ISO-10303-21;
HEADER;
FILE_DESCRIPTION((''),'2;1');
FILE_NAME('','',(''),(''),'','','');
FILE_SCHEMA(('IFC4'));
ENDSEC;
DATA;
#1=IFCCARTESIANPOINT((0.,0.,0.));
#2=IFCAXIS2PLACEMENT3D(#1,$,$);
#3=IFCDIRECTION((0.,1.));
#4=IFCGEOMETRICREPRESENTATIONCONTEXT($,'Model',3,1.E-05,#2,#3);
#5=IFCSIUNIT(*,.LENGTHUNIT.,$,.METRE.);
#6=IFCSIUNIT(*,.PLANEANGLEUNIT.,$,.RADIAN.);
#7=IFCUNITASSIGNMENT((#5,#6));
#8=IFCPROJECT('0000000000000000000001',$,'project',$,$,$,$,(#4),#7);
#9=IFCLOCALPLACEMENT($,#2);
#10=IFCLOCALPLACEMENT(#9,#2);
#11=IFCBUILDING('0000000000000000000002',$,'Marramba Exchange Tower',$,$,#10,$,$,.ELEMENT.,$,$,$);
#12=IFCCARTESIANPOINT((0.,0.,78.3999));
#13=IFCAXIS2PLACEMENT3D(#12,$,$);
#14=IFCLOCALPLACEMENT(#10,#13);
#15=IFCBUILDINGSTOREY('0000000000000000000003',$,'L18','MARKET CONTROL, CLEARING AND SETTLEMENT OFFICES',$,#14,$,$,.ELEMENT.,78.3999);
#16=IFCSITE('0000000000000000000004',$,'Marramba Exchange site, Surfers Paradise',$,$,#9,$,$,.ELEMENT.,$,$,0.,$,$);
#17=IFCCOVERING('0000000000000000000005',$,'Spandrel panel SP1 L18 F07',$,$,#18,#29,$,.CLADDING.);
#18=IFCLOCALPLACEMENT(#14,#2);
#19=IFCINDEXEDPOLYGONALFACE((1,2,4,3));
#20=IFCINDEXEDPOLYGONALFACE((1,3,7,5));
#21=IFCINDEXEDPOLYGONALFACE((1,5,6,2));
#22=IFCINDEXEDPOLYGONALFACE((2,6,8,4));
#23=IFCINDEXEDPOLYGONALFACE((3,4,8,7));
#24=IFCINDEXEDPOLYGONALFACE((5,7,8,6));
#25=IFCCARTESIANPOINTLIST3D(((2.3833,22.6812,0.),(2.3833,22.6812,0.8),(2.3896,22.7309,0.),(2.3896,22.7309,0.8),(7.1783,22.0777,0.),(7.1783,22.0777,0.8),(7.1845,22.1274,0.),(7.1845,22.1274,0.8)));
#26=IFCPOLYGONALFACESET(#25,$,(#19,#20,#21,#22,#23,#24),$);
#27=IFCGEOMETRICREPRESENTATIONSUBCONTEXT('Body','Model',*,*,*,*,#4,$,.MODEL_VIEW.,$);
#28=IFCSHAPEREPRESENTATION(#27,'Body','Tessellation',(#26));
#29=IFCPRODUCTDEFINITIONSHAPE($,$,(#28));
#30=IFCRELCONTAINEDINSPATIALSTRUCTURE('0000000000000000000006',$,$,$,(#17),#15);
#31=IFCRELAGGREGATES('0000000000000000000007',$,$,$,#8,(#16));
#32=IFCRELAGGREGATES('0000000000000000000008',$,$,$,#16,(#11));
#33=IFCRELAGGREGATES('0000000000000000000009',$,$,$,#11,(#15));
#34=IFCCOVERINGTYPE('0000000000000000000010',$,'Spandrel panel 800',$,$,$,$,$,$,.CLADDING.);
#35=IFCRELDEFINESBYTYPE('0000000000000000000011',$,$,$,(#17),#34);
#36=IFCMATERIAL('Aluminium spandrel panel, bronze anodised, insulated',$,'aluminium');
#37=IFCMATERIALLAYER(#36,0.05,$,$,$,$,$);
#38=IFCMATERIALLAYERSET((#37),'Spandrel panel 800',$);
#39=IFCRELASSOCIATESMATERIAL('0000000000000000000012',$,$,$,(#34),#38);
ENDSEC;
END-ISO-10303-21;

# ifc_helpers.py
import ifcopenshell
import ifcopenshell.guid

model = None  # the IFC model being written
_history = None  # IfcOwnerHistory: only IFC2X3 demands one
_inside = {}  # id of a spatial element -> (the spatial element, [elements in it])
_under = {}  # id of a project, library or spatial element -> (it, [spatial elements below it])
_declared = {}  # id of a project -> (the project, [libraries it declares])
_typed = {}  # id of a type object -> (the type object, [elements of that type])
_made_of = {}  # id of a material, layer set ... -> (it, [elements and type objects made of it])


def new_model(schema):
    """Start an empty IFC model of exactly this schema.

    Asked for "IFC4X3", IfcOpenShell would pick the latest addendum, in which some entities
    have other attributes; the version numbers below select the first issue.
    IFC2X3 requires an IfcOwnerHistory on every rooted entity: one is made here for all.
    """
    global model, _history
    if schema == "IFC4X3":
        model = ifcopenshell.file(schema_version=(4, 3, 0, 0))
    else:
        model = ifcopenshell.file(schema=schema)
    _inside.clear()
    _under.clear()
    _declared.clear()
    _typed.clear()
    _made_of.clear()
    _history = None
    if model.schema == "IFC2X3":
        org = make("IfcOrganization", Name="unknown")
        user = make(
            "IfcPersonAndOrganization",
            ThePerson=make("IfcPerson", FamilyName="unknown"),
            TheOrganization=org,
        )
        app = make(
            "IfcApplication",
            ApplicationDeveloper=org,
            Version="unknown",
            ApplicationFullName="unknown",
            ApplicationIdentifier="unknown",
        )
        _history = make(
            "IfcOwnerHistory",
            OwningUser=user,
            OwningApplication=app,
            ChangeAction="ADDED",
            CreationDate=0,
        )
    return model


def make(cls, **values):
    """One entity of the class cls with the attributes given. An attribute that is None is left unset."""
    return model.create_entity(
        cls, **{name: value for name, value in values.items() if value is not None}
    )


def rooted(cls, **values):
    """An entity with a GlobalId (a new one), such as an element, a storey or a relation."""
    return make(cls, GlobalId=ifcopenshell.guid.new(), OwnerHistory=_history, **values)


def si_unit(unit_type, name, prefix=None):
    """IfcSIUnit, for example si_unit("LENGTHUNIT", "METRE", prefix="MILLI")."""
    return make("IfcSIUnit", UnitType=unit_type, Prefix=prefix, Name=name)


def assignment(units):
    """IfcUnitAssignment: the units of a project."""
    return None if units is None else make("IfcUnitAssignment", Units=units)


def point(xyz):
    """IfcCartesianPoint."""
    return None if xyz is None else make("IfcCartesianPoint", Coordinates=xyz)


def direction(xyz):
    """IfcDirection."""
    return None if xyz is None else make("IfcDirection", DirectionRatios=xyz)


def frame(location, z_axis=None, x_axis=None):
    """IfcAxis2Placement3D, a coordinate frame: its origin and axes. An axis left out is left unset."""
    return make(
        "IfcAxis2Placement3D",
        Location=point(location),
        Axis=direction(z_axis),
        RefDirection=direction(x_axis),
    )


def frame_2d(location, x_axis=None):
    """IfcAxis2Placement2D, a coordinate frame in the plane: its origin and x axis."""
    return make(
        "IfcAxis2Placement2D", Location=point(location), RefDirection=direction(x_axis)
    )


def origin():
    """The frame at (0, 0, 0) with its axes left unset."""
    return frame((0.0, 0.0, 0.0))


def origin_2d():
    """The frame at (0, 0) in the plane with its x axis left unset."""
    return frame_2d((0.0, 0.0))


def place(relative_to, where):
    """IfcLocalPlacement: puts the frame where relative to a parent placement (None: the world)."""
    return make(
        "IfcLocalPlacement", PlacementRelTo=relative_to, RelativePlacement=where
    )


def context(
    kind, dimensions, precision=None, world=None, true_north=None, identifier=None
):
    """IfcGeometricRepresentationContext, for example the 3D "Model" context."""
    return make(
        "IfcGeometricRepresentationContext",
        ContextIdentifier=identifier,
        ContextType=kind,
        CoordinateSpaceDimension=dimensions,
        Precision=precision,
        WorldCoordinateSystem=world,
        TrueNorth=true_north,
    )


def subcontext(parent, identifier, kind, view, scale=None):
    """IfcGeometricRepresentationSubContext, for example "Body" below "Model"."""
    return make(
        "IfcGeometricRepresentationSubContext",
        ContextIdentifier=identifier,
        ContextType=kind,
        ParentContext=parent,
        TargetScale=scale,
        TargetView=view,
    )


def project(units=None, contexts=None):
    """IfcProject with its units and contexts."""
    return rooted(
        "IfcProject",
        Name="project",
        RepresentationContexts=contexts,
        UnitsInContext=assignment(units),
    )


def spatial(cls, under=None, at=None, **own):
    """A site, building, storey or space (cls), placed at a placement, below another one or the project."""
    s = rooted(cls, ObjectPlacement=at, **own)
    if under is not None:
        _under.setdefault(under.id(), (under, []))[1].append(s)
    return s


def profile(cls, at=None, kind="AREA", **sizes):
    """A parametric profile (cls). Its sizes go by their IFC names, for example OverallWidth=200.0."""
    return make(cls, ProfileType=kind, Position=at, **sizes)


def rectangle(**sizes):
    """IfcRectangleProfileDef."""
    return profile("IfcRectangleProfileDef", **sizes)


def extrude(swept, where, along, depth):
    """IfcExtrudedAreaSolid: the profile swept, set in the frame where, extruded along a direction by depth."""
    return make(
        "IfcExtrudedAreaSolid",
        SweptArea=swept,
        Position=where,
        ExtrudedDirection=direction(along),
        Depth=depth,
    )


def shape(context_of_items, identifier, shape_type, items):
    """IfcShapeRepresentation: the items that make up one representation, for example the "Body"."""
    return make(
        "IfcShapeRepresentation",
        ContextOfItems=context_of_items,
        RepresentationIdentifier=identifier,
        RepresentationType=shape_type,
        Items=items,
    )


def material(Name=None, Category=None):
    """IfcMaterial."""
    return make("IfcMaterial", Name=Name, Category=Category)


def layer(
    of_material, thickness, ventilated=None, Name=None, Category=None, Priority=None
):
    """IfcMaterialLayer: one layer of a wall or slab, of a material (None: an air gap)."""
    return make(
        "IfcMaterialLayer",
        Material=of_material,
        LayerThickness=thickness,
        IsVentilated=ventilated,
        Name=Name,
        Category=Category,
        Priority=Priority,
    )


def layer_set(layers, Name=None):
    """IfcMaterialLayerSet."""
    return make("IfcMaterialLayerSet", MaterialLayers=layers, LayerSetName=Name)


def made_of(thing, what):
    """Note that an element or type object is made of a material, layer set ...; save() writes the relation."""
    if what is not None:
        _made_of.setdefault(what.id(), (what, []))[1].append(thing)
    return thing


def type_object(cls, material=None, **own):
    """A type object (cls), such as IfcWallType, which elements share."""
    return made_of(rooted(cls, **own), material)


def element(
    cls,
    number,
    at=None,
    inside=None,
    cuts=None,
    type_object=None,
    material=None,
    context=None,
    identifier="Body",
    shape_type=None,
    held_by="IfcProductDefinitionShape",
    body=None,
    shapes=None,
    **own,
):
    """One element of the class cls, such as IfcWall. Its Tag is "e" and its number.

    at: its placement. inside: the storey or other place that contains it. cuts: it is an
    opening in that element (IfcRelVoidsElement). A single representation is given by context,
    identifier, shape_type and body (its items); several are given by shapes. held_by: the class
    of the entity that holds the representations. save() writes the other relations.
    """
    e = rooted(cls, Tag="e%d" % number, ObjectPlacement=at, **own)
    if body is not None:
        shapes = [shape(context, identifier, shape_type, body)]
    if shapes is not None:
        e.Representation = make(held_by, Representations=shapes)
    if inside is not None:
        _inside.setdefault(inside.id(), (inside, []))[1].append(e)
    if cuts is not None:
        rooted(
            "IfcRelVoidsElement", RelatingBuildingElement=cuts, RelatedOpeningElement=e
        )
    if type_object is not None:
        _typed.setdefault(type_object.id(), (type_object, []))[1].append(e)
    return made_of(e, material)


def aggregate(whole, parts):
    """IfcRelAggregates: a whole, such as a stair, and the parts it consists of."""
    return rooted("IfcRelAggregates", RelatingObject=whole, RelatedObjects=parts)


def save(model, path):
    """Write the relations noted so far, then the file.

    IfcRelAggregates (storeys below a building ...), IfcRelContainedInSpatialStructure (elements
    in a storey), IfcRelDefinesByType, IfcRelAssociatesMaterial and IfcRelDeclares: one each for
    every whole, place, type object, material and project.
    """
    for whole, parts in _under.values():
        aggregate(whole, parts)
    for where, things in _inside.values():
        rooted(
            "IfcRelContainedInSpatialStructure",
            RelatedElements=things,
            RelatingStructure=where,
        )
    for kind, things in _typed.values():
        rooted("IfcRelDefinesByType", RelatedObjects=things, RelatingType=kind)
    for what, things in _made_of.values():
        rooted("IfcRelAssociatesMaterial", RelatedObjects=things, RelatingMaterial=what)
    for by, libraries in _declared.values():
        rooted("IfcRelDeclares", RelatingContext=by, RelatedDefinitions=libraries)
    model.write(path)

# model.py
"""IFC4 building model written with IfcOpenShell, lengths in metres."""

from ifc_helpers import new_model, si_unit, direction, frame, origin, origin_2d, place, context, subcontext, project, spatial, rectangle, extrude, material, layer, layer_set, type_object, element, save


model = new_model("IFC4")

# Units and contexts
model_context = context("Model", 3, precision=1e-05, world=origin(), true_north=direction((0.0, 1.0)))
body_context = subcontext(model_context, "Body", "Model", "MODEL_VIEW")
ifc_project = project(units=[si_unit("LENGTHUNIT", "METRE"), si_unit("PLANEANGLEUNIT", "RADIAN")], contexts=[model_context])

# Site, building, storey
site_placement = place(None, origin())
site = spatial("IfcSite", under=ifc_project, at=site_placement, Name="Marramba Exchange site, Surfers Paradise", CompositionType="ELEMENT", RefElevation=0.0)
building_placement = place(site_placement, origin())
building = spatial("IfcBuilding", under=site, at=building_placement, Name="Marramba Exchange Tower", CompositionType="ELEMENT")
storey_placement = place(building_placement, frame((0.0, 0.0, 78.3999)))
storey = spatial("IfcBuildingStorey", under=building, at=storey_placement, Name="L18", Description="MARKET CONTROL, CLEARING AND SETTLEMENT OFFICES", CompositionType="ELEMENT", Elevation=78.3999)

# Covering
ifc_material_1 = material(Name="Aluminium spandrel panel, bronze anodised, insulated", Category="aluminium")
ifc_layer_1 = layer(ifc_material_1, 0.05)
ifc_layer_set_1 = layer_set([ifc_layer_1], Name="Spandrel panel 800")
covering_type = type_object("IfcCoveringType", Name="Spandrel panel 800", PredefinedType="CLADDING", material=ifc_layer_set_1)
covering_1_placement = place(storey_placement, frame((4.7839, 22.4043, 0.0), z_axis=(0.0, 0.0, 1.0), x_axis=(-0.992173, 0.124873, 0.0)))
element("IfcCovering", 1, at=covering_1_placement, inside=storey, type_object=covering_type, Name="Spandrel panel SP1 L18 F07", PredefinedType="CLADDING", context=body_context, shape_type="SweptSolid", body=[
    extrude(rectangle(XDim=4.8328, YDim=0.05, at=origin_2d()), origin(), (0.0, 0.0, 1.0), 0.8),
])

save(model, "model.ifc")
